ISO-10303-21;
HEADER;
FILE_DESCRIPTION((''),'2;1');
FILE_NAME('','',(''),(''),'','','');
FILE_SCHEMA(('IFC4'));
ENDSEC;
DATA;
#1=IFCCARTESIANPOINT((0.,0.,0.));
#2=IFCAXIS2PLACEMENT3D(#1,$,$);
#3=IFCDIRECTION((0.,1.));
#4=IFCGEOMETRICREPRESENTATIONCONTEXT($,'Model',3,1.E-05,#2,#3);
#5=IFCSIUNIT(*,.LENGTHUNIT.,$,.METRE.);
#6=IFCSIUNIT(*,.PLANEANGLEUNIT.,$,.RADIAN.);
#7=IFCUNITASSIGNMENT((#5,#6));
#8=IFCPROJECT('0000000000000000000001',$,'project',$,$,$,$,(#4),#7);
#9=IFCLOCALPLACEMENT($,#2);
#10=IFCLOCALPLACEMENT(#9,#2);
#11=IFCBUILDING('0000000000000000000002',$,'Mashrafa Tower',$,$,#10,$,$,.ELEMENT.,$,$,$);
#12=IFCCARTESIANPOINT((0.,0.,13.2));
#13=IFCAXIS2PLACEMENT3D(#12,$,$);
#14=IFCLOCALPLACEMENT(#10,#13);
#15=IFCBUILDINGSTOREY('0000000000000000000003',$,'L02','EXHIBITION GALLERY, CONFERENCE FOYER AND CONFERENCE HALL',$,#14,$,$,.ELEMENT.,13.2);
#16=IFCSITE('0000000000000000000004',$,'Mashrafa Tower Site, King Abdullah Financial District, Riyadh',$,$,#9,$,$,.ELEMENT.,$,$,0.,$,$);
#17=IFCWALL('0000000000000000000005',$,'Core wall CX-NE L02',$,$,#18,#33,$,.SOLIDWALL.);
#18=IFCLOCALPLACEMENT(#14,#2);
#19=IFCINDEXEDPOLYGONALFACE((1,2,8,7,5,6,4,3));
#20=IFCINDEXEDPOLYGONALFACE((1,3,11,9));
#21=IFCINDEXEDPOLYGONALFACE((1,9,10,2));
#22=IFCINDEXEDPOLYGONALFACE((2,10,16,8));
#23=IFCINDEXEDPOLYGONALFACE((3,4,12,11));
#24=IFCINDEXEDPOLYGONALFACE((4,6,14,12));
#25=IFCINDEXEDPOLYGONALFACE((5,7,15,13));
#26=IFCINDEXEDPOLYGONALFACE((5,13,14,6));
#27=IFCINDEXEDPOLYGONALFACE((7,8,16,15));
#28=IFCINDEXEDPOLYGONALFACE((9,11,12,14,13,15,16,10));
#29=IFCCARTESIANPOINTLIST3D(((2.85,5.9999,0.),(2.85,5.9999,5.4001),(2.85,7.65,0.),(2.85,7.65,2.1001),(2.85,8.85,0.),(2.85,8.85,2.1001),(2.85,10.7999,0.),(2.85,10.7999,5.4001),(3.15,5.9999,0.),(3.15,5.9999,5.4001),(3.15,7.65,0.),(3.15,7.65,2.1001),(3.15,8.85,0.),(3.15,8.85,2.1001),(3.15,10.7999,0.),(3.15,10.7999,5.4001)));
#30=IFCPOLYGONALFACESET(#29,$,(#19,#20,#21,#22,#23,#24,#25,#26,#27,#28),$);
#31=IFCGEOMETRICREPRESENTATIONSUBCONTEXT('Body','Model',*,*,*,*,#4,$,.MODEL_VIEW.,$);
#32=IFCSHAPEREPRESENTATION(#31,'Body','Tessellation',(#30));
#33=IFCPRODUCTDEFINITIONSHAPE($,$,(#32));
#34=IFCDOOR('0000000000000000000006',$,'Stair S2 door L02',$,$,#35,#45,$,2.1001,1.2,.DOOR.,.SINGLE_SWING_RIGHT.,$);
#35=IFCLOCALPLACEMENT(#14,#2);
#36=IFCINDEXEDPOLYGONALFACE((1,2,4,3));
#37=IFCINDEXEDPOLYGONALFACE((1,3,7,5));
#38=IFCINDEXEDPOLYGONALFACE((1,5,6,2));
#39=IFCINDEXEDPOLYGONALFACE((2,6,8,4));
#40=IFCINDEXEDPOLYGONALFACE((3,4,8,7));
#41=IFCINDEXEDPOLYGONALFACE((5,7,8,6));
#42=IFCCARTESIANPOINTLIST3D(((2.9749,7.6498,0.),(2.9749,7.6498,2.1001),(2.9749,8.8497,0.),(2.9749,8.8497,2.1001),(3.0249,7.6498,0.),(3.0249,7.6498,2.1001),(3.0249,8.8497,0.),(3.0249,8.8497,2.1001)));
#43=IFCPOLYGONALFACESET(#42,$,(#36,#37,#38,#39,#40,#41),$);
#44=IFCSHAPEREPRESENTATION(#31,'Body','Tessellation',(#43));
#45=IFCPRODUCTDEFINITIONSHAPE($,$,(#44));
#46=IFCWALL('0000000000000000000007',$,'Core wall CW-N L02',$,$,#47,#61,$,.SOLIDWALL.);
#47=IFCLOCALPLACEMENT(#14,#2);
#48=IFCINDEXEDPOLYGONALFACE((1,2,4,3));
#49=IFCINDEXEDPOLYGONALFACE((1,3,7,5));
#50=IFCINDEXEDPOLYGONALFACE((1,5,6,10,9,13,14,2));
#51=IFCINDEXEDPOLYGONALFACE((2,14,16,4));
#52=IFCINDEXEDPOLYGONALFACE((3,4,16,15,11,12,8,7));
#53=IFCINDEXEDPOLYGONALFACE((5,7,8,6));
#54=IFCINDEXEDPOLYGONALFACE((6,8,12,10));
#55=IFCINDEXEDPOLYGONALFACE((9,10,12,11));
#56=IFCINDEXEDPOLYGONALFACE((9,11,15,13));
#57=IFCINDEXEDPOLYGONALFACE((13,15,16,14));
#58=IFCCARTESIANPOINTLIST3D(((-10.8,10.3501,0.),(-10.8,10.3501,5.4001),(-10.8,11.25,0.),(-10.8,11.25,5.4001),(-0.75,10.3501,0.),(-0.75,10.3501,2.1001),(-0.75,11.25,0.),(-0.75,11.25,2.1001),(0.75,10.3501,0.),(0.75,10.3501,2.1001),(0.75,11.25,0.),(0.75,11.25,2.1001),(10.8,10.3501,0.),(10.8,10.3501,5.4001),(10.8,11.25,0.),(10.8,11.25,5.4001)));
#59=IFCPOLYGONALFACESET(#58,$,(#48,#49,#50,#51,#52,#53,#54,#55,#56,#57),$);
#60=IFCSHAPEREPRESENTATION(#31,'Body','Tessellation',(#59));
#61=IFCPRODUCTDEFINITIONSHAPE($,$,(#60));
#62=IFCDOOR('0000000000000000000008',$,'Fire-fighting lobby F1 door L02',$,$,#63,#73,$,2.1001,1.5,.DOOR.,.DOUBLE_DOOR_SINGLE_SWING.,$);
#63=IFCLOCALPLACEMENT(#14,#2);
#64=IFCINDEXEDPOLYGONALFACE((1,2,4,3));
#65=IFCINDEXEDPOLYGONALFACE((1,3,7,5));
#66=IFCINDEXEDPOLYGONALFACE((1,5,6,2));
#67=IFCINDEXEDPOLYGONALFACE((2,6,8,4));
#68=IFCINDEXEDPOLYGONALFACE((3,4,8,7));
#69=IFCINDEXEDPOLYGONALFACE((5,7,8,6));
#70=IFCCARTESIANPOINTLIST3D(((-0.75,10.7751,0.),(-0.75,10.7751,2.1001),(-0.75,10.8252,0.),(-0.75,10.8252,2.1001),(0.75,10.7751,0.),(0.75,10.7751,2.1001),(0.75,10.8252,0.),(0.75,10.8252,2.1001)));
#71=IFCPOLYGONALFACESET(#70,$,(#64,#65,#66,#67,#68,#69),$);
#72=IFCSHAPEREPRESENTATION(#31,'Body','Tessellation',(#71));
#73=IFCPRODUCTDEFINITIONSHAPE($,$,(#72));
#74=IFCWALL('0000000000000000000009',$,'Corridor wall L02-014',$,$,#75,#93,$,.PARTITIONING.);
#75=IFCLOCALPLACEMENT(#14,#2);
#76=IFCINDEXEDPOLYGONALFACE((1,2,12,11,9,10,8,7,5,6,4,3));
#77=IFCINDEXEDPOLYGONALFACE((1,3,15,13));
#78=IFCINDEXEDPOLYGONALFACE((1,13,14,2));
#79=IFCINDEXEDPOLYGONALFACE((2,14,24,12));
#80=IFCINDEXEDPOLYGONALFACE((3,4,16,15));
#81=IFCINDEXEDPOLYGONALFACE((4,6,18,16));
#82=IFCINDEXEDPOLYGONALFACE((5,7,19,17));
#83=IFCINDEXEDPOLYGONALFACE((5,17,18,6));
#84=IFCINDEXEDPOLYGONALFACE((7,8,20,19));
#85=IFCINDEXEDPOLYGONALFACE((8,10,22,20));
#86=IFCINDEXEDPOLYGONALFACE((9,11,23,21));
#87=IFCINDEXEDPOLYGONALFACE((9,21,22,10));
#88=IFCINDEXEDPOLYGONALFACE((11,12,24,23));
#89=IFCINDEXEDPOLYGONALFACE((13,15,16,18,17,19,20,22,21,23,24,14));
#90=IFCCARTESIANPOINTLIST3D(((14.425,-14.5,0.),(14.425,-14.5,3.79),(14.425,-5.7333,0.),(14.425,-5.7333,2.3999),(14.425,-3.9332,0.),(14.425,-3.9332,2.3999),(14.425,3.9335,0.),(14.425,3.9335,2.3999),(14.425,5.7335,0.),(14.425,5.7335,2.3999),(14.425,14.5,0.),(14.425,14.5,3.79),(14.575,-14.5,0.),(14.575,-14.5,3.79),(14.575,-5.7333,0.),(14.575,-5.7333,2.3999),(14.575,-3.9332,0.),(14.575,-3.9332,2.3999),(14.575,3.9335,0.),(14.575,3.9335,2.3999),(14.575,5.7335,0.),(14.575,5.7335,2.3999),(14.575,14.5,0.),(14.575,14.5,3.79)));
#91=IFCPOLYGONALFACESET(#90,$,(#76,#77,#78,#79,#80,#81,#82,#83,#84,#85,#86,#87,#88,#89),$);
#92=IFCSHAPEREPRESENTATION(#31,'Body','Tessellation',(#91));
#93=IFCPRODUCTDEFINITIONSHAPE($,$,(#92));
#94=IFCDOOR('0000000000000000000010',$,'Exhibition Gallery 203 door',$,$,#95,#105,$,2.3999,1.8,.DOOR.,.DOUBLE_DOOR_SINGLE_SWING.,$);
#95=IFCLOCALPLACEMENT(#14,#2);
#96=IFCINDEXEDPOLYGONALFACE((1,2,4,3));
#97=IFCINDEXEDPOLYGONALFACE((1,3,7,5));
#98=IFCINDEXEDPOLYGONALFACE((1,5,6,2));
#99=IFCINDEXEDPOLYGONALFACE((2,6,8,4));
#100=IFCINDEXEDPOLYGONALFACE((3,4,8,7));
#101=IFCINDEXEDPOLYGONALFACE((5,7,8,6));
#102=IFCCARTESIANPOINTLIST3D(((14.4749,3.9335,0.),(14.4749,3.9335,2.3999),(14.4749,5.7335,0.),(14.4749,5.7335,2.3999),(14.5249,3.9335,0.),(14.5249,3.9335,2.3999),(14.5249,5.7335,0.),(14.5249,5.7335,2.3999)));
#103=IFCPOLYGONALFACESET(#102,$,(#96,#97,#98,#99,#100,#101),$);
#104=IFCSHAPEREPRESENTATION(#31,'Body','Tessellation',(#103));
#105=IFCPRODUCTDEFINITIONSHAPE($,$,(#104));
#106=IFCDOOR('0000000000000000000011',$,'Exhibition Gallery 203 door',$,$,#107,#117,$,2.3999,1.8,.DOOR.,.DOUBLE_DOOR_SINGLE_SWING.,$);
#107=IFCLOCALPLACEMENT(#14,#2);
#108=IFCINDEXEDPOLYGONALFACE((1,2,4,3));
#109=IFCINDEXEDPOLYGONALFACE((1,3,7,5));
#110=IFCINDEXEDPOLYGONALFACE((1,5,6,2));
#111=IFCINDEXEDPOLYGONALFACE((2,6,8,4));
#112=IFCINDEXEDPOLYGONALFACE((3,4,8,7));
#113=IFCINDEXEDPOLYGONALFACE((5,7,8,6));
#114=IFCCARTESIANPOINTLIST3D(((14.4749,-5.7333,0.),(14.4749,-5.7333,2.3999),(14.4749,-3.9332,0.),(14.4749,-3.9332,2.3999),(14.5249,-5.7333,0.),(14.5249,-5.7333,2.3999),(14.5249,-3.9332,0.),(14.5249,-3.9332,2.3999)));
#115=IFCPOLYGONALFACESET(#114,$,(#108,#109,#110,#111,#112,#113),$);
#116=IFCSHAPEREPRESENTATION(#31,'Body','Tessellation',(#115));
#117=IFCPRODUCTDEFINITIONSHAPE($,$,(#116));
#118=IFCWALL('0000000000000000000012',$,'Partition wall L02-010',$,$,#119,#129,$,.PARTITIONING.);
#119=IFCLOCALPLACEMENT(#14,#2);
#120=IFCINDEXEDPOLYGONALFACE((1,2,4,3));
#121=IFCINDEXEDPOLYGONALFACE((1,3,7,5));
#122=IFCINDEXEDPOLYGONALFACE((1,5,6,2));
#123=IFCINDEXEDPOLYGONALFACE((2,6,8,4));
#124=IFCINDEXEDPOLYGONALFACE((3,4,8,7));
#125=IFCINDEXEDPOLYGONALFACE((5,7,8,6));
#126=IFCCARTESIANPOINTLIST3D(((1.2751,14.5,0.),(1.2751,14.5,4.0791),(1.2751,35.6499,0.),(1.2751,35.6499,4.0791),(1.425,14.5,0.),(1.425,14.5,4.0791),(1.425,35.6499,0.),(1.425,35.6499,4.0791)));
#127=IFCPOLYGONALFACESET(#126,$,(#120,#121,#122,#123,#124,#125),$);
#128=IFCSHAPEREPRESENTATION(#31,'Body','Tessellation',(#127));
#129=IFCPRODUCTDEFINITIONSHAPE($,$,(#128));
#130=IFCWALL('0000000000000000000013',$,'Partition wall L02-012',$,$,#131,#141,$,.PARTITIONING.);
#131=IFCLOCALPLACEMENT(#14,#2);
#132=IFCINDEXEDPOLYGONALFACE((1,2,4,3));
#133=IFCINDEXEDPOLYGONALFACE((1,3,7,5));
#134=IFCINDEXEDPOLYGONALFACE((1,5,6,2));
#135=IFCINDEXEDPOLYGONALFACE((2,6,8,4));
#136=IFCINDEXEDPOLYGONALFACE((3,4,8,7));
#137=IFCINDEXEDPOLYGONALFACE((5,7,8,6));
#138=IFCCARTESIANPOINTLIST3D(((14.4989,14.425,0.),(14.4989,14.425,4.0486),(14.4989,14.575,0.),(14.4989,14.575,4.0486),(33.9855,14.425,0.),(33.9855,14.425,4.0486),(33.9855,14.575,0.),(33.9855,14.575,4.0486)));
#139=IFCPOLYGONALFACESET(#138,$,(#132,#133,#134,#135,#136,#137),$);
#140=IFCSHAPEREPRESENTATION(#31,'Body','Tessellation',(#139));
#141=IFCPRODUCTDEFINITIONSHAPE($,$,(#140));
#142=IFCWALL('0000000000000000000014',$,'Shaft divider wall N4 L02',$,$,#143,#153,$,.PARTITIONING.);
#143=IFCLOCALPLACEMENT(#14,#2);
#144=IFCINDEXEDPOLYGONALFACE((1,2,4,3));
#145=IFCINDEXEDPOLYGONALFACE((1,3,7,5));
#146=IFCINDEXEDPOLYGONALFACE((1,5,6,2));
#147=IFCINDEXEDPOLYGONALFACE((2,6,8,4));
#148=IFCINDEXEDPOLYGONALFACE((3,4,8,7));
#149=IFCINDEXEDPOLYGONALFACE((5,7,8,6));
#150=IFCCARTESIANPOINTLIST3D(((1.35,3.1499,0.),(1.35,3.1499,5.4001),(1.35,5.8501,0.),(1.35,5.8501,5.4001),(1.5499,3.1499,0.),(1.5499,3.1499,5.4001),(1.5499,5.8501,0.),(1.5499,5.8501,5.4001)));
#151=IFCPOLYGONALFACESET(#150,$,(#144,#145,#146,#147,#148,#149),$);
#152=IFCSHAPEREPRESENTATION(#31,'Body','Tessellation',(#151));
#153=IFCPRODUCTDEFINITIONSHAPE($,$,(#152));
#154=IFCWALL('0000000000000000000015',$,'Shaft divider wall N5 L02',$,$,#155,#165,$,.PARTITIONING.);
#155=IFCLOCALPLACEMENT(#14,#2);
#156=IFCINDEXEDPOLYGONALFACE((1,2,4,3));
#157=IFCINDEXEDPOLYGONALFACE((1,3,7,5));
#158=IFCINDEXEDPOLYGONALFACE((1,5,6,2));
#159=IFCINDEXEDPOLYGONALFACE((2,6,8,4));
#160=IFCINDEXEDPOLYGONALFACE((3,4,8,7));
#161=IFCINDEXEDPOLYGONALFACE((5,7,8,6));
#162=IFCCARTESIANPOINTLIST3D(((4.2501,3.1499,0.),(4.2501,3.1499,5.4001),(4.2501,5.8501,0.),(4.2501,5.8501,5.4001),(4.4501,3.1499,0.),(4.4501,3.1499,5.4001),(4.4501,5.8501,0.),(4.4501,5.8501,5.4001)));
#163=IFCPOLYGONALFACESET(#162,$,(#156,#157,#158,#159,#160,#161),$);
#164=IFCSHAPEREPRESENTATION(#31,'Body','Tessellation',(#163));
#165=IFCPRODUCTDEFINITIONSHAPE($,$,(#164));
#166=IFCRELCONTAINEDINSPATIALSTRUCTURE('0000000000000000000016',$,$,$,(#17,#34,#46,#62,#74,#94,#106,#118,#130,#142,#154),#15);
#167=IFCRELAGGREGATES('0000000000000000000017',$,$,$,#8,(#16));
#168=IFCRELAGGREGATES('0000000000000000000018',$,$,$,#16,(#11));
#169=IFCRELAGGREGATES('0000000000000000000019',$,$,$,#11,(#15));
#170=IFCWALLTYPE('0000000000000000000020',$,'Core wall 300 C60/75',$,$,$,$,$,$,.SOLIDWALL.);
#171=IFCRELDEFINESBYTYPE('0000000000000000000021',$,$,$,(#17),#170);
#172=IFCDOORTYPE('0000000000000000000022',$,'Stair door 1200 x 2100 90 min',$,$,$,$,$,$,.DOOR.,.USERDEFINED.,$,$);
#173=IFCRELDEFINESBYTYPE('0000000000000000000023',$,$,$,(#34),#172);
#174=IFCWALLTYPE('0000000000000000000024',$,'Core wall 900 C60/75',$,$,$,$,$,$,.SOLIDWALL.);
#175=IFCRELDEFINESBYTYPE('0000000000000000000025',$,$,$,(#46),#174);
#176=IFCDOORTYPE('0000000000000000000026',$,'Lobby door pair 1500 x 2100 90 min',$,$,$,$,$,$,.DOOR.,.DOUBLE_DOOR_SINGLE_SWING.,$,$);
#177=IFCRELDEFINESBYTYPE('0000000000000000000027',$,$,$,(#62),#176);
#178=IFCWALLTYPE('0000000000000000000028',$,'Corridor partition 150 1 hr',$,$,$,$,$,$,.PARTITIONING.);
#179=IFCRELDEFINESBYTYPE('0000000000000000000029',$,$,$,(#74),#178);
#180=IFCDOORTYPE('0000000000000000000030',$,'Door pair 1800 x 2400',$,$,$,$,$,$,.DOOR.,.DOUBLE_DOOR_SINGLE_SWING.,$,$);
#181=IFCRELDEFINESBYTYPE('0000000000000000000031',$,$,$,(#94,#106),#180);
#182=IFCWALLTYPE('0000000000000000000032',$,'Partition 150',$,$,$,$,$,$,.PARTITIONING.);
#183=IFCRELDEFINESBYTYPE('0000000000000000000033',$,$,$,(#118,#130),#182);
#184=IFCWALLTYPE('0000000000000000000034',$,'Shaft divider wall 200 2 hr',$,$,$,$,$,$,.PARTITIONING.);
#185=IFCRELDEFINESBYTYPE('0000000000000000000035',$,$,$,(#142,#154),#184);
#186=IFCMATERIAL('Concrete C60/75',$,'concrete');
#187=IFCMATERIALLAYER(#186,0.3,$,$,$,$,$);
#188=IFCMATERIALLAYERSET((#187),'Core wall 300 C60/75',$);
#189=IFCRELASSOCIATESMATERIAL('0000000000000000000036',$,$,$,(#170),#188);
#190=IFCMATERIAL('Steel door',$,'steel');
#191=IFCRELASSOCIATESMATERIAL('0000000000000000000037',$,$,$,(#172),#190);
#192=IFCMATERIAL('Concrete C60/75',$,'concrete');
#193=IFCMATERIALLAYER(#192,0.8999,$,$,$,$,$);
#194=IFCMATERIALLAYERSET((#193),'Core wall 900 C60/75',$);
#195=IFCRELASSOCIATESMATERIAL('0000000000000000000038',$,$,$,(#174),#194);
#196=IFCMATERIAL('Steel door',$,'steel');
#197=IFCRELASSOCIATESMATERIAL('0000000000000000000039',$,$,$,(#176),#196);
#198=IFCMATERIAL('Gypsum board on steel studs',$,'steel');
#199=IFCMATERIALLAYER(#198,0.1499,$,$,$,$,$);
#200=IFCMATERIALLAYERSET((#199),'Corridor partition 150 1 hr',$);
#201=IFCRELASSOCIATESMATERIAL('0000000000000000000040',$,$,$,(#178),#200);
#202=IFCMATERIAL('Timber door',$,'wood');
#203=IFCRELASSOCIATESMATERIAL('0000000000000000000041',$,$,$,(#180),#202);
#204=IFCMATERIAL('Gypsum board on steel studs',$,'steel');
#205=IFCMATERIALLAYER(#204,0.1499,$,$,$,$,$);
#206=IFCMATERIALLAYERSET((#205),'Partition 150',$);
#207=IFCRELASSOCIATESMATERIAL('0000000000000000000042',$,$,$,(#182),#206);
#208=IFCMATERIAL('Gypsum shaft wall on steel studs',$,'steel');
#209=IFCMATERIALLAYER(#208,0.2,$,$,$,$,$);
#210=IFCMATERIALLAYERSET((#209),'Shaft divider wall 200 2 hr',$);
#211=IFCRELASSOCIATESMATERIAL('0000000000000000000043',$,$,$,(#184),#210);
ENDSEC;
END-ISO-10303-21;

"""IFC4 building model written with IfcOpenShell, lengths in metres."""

from ifc_helpers import new_model, si_unit, direction, frame, frame_2d, origin, place, context, subcontext, project, spatial, rectangle, extrude, material, layer, layer_set, type_object, element, fill, save


model = new_model("IFC4")

# Units and contexts
model_context = context("Model", 3, precision=1e-05, world=origin(), true_north=direction((0.0, 1.0)))
body_context = subcontext(model_context, "Body", "Model", "MODEL_VIEW")
ifc_project = project(units=[si_unit("LENGTHUNIT", "METRE"), si_unit("PLANEANGLEUNIT", "RADIAN")], contexts=[model_context])

# Site, building, storey
site_placement = place(None, origin())
site = spatial("IfcSite", under=ifc_project, at=site_placement, Name="Mashrafa Tower Site, King Abdullah Financial District, Riyadh", CompositionType="ELEMENT", RefElevation=0.0)
building_placement = place(site_placement, origin())
building = spatial("IfcBuilding", under=site, at=building_placement, Name="Mashrafa Tower", CompositionType="ELEMENT")
storey_placement = place(building_placement, frame((0.0, 0.0, 13.2)))
storey = spatial("IfcBuildingStorey", under=building, at=storey_placement, Name="L02", Description="EXHIBITION GALLERY, CONFERENCE FOYER AND CONFERENCE HALL", CompositionType="ELEMENT", Elevation=13.2)

# Walls, openings, doors
ifc_material_1 = material(Name="Concrete C60/75", Category="concrete")
ifc_layer_1 = layer(ifc_material_1, 0.3)
ifc_layer_set_1 = layer_set([ifc_layer_1], Name="Core wall 300 C60/75")
wall_type_1 = type_object("IfcWallType", Name="Core wall 300 C60/75", PredefinedType="SOLIDWALL", material=ifc_layer_set_1)
wall_1_placement = place(storey_placement, frame((3.0, 6.0, 0.0), z_axis=(0.0, 0.0, 1.0), x_axis=(0.0, 1.0, 0.0)))
wall_1 = element("IfcWall", 1, at=wall_1_placement, inside=storey, type_object=wall_type_1, Name="Core wall CX-NE L02", PredefinedType="SOLIDWALL", context=body_context, shape_type="SweptSolid", body=[
    extrude(rectangle(XDim=4.8, YDim=0.3, at=frame_2d((2.3999, 0.0))), origin(), (0.0, 0.0, 1.0), 5.4001),
])
opening_1_placement = place(wall_1_placement, frame((1.6499, 0.0, 0.0)))
opening_1 = element("IfcOpeningElement", 2, at=opening_1_placement, cuts=wall_1, PredefinedType="OPENING", context=body_context, shape_type="SweptSolid", body=[
    extrude(rectangle(XDim=1.2, YDim=2.1001, at=frame_2d((0.6001, 1.05))), frame((0.0, 0.1599, 0.0), z_axis=(0.0, -1.0, 0.0), x_axis=(1.0, 0.0, 0.0)), (0.0, 0.0, 1.0), 0.3201),
])
ifc_material_2 = material(Name="Steel door", Category="steel")
door_type_1 = type_object("IfcDoorType", Name="Stair door 1200 x 2100 90 min", OperationType="USERDEFINED", PredefinedType="DOOR", material=ifc_material_2)
door_1_placement = place(opening_1_placement, frame((1.2, 0.0, 0.0), z_axis=(0.0, 0.0, 1.0), x_axis=(-1.0, 0.0, 0.0)))
door_1 = element("IfcDoor", 3, at=door_1_placement, inside=storey, type_object=door_type_1, Name="Stair S2 door L02", OperationType="SINGLE_SWING_RIGHT", OverallHeight=2.1001, OverallWidth=1.2, PredefinedType="DOOR", context=body_context, shape_type="SweptSolid", body=[
    extrude(rectangle(XDim=1.2, YDim=2.1001, at=frame_2d((0.6001, 1.05))), frame((0.0, 0.0249, 0.0), z_axis=(0.0, -1.0, 0.0), x_axis=(1.0, 0.0, 0.0)), (0.0, 0.0, 1.0), 0.05),
])
fill(opening_1, door_1)
ifc_material_3 = material(Name="Concrete C60/75", Category="concrete")
ifc_layer_2 = layer(ifc_material_3, 0.8999)
ifc_layer_set_2 = layer_set([ifc_layer_2], Name="Core wall 900 C60/75")
wall_type_2 = type_object("IfcWallType", Name="Core wall 900 C60/75", PredefinedType="SOLIDWALL", material=ifc_layer_set_2)
wall_2_placement = place(storey_placement, frame((10.8, 10.8, 0.0), z_axis=(0.0, 0.0, 1.0), x_axis=(-1.0, 0.0, 0.0)))
wall_2 = element("IfcWall", 4, at=wall_2_placement, inside=storey, type_object=wall_type_2, Name="Core wall CW-N L02", PredefinedType="SOLIDWALL", context=body_context, shape_type="SweptSolid", body=[
    extrude(rectangle(XDim=21.6001, YDim=0.8999, at=frame_2d((10.8, 0.0))), origin(), (0.0, 0.0, 1.0), 5.4001),
])
opening_2_placement = place(wall_2_placement, frame((10.05, 0.0, 0.0)))
opening_2 = element("IfcOpeningElement", 5, at=opening_2_placement, cuts=wall_2, PredefinedType="OPENING", context=body_context, shape_type="SweptSolid", body=[
    extrude(rectangle(XDim=1.5, YDim=2.1001, at=frame_2d((0.75, 1.05))), frame((0.0, 0.46, 0.0), z_axis=(0.0, -1.0, 0.0), x_axis=(1.0, 0.0, 0.0)), (0.0, 0.0, 1.0), 0.9199),
])
ifc_material_4 = material(Name="Steel door", Category="steel")
door_type_2 = type_object("IfcDoorType", Name="Lobby door pair 1500 x 2100 90 min", OperationType="DOUBLE_DOOR_SINGLE_SWING", PredefinedType="DOOR", material=ifc_material_4)
door_2_placement = place(opening_2_placement, origin())
door_2 = element("IfcDoor", 6, at=door_2_placement, inside=storey, type_object=door_type_2, Name="Fire-fighting lobby F1 door L02", OperationType="DOUBLE_DOOR_SINGLE_SWING", OverallHeight=2.1001, OverallWidth=1.5, PredefinedType="DOOR", context=body_context, shape_type="SweptSolid", body=[
    extrude(rectangle(XDim=1.5, YDim=2.1001, at=frame_2d((0.75, 1.05))), frame((0.0, 0.0249, 0.0), z_axis=(0.0, -1.0, 0.0), x_axis=(1.0, 0.0, 0.0)), (0.0, 0.0, 1.0), 0.05),
])
fill(opening_2, door_2)

# Wall, openings, doors
ifc_material_5 = material(Name="Gypsum board on steel studs", Category="steel")
ifc_layer_3 = layer(ifc_material_5, 0.1499)
ifc_layer_set_3 = layer_set([ifc_layer_3], Name="Corridor partition 150 1 hr")
wall_type_3 = type_object("IfcWallType", Name="Corridor partition 150 1 hr", PredefinedType="PARTITIONING", material=ifc_layer_set_3)
wall_3_placement = place(storey_placement, frame((14.5, 14.5, 0.0), z_axis=(0.0, 0.0, 1.0), x_axis=(0.0, -1.0, 0.0)))
wall_3 = element("IfcWall", 7, at=wall_3_placement, inside=storey, type_object=wall_type_3, Name="Corridor wall L02-014", PredefinedType="PARTITIONING", context=body_context, shape_type="SweptSolid", body=[
    extrude(rectangle(XDim=29.0, YDim=0.1499, at=frame_2d((14.5, 0.0))), origin(), (0.0, 0.0, 1.0), 3.79),
])
opening_3_placement = place(wall_3_placement, frame((8.7666, 0.0, 0.0)))
opening_3 = element("IfcOpeningElement", 8, at=opening_3_placement, cuts=wall_3, PredefinedType="OPENING", context=body_context, shape_type="SweptSolid", body=[
    extrude(rectangle(XDim=1.8, YDim=2.3999, at=frame_2d((0.8999, 1.2))), frame((0.0, 0.085, 0.0), z_axis=(0.0, -1.0, 0.0), x_axis=(1.0, 0.0, 0.0)), (0.0, 0.0, 1.0), 0.1699),
])
opening_4_placement = place(wall_3_placement, frame((18.4333, 0.0, 0.0)))
opening_4 = element("IfcOpeningElement", 9, at=opening_4_placement, cuts=wall_3, PredefinedType="OPENING", context=body_context, shape_type="SweptSolid", body=[
    extrude(rectangle(XDim=1.8, YDim=2.3999, at=frame_2d((0.8999, 1.2))), frame((0.0, 0.085, 0.0), z_axis=(0.0, -1.0, 0.0), x_axis=(1.0, 0.0, 0.0)), (0.0, 0.0, 1.0), 0.1699),
])
ifc_material_6 = material(Name="Timber door", Category="wood")
door_type_3 = type_object("IfcDoorType", Name="Door pair 1800 x 2400", OperationType="DOUBLE_DOOR_SINGLE_SWING", PredefinedType="DOOR", material=ifc_material_6)
door_3_placement = place(opening_3_placement, origin())
door_3 = element("IfcDoor", 10, at=door_3_placement, inside=storey, type_object=door_type_3, Name="Exhibition Gallery 203 door", OperationType="DOUBLE_DOOR_SINGLE_SWING", OverallHeight=2.3999, OverallWidth=1.8, PredefinedType="DOOR", context=body_context, shape_type="SweptSolid", body=[
    extrude(rectangle(XDim=1.8, YDim=2.3999, at=frame_2d((0.8999, 1.2))), frame((0.0, 0.0249, 0.0), z_axis=(0.0, -1.0, 0.0), x_axis=(1.0, 0.0, 0.0)), (0.0, 0.0, 1.0), 0.05),
])
fill(opening_3, door_3)
door_4_placement = place(opening_4_placement, origin())
door_4 = element("IfcDoor", 11, at=door_4_placement, inside=storey, type_object=door_type_3, Name="Exhibition Gallery 203 door", OperationType="DOUBLE_DOOR_SINGLE_SWING", OverallHeight=2.3999, OverallWidth=1.8, PredefinedType="DOOR", context=body_context, shape_type="SweptSolid", body=[
    extrude(rectangle(XDim=1.8, YDim=2.3999, at=frame_2d((0.8999, 1.2))), frame((0.0, 0.0249, 0.0), z_axis=(0.0, -1.0, 0.0), x_axis=(1.0, 0.0, 0.0)), (0.0, 0.0, 1.0), 0.05),
])
fill(opening_4, door_4)

# Walls
ifc_material_7 = material(Name="Gypsum board on steel studs", Category="steel")
ifc_layer_4 = layer(ifc_material_7, 0.1499)
ifc_layer_set_4 = layer_set([ifc_layer_4], Name="Partition 150")
wall_type_4 = type_object("IfcWallType", Name="Partition 150", PredefinedType="PARTITIONING", material=ifc_layer_set_4)
wall_4_placement = place(storey_placement, frame((1.3501, 14.5, 0.0), z_axis=(0.0, 0.0, 1.0), x_axis=(0.0, 1.0, 0.0)))
element("IfcWall", 12, at=wall_4_placement, inside=storey, type_object=wall_type_4, Name="Partition wall L02-010", PredefinedType="PARTITIONING", context=body_context, shape_type="SweptSolid", body=[
    extrude(rectangle(XDim=21.1499, YDim=0.1499, at=frame_2d((10.575, 0.0))), origin(), (0.0, 0.0, 1.0), 4.0791),
])
wall_5_placement = place(storey_placement, frame((14.499, 14.5, 0.0), z_axis=(0.0, 0.0, 1.0), x_axis=(1.0, 0.0, 0.0)))
element("IfcWall", 13, at=wall_5_placement, inside=storey, type_object=wall_type_4, Name="Partition wall L02-012", PredefinedType="PARTITIONING", context=body_context, shape_type="SweptSolid", body=[
    extrude(rectangle(XDim=19.4866, YDim=0.1499, at=frame_2d((9.7432, 0.0))), origin(), (0.0, 0.0, 1.0), 4.0486),
])
ifc_material_8 = material(Name="Gypsum shaft wall on steel studs", Category="steel")
ifc_layer_5 = layer(ifc_material_8, 0.2)
ifc_layer_set_5 = layer_set([ifc_layer_5], Name="Shaft divider wall 200 2 hr")
wall_type_5 = type_object("IfcWallType", Name="Shaft divider wall 200 2 hr", PredefinedType="PARTITIONING", material=ifc_layer_set_5)
for number, where, z_axis, x_axis, name in (
    (14, (1.45, 3.1499, 0.0), (0.0, 0.0, 1.0), (0.0, 1.0, 0.0), "Shaft divider wall N4 L02"),
    (15, (4.3501, 3.1499, 0.0), (0.0, 0.0, 1.0), (0.0, 1.0, 0.0), "Shaft divider wall N5 L02"),
):
    element("IfcWall", number, at=place(storey_placement, frame(where, z_axis=z_axis, x_axis=x_axis)), inside=storey, type_object=wall_type_5, Name=name, PredefinedType="PARTITIONING", context=body_context, shape_type="SweptSolid", body=[
        extrude(rectangle(XDim=2.7002, YDim=0.2, at=frame_2d((1.3501, 0.0))), origin(), (0.0, 0.0, 1.0), 5.4001),
    ])

save(model, "model.ifc")
